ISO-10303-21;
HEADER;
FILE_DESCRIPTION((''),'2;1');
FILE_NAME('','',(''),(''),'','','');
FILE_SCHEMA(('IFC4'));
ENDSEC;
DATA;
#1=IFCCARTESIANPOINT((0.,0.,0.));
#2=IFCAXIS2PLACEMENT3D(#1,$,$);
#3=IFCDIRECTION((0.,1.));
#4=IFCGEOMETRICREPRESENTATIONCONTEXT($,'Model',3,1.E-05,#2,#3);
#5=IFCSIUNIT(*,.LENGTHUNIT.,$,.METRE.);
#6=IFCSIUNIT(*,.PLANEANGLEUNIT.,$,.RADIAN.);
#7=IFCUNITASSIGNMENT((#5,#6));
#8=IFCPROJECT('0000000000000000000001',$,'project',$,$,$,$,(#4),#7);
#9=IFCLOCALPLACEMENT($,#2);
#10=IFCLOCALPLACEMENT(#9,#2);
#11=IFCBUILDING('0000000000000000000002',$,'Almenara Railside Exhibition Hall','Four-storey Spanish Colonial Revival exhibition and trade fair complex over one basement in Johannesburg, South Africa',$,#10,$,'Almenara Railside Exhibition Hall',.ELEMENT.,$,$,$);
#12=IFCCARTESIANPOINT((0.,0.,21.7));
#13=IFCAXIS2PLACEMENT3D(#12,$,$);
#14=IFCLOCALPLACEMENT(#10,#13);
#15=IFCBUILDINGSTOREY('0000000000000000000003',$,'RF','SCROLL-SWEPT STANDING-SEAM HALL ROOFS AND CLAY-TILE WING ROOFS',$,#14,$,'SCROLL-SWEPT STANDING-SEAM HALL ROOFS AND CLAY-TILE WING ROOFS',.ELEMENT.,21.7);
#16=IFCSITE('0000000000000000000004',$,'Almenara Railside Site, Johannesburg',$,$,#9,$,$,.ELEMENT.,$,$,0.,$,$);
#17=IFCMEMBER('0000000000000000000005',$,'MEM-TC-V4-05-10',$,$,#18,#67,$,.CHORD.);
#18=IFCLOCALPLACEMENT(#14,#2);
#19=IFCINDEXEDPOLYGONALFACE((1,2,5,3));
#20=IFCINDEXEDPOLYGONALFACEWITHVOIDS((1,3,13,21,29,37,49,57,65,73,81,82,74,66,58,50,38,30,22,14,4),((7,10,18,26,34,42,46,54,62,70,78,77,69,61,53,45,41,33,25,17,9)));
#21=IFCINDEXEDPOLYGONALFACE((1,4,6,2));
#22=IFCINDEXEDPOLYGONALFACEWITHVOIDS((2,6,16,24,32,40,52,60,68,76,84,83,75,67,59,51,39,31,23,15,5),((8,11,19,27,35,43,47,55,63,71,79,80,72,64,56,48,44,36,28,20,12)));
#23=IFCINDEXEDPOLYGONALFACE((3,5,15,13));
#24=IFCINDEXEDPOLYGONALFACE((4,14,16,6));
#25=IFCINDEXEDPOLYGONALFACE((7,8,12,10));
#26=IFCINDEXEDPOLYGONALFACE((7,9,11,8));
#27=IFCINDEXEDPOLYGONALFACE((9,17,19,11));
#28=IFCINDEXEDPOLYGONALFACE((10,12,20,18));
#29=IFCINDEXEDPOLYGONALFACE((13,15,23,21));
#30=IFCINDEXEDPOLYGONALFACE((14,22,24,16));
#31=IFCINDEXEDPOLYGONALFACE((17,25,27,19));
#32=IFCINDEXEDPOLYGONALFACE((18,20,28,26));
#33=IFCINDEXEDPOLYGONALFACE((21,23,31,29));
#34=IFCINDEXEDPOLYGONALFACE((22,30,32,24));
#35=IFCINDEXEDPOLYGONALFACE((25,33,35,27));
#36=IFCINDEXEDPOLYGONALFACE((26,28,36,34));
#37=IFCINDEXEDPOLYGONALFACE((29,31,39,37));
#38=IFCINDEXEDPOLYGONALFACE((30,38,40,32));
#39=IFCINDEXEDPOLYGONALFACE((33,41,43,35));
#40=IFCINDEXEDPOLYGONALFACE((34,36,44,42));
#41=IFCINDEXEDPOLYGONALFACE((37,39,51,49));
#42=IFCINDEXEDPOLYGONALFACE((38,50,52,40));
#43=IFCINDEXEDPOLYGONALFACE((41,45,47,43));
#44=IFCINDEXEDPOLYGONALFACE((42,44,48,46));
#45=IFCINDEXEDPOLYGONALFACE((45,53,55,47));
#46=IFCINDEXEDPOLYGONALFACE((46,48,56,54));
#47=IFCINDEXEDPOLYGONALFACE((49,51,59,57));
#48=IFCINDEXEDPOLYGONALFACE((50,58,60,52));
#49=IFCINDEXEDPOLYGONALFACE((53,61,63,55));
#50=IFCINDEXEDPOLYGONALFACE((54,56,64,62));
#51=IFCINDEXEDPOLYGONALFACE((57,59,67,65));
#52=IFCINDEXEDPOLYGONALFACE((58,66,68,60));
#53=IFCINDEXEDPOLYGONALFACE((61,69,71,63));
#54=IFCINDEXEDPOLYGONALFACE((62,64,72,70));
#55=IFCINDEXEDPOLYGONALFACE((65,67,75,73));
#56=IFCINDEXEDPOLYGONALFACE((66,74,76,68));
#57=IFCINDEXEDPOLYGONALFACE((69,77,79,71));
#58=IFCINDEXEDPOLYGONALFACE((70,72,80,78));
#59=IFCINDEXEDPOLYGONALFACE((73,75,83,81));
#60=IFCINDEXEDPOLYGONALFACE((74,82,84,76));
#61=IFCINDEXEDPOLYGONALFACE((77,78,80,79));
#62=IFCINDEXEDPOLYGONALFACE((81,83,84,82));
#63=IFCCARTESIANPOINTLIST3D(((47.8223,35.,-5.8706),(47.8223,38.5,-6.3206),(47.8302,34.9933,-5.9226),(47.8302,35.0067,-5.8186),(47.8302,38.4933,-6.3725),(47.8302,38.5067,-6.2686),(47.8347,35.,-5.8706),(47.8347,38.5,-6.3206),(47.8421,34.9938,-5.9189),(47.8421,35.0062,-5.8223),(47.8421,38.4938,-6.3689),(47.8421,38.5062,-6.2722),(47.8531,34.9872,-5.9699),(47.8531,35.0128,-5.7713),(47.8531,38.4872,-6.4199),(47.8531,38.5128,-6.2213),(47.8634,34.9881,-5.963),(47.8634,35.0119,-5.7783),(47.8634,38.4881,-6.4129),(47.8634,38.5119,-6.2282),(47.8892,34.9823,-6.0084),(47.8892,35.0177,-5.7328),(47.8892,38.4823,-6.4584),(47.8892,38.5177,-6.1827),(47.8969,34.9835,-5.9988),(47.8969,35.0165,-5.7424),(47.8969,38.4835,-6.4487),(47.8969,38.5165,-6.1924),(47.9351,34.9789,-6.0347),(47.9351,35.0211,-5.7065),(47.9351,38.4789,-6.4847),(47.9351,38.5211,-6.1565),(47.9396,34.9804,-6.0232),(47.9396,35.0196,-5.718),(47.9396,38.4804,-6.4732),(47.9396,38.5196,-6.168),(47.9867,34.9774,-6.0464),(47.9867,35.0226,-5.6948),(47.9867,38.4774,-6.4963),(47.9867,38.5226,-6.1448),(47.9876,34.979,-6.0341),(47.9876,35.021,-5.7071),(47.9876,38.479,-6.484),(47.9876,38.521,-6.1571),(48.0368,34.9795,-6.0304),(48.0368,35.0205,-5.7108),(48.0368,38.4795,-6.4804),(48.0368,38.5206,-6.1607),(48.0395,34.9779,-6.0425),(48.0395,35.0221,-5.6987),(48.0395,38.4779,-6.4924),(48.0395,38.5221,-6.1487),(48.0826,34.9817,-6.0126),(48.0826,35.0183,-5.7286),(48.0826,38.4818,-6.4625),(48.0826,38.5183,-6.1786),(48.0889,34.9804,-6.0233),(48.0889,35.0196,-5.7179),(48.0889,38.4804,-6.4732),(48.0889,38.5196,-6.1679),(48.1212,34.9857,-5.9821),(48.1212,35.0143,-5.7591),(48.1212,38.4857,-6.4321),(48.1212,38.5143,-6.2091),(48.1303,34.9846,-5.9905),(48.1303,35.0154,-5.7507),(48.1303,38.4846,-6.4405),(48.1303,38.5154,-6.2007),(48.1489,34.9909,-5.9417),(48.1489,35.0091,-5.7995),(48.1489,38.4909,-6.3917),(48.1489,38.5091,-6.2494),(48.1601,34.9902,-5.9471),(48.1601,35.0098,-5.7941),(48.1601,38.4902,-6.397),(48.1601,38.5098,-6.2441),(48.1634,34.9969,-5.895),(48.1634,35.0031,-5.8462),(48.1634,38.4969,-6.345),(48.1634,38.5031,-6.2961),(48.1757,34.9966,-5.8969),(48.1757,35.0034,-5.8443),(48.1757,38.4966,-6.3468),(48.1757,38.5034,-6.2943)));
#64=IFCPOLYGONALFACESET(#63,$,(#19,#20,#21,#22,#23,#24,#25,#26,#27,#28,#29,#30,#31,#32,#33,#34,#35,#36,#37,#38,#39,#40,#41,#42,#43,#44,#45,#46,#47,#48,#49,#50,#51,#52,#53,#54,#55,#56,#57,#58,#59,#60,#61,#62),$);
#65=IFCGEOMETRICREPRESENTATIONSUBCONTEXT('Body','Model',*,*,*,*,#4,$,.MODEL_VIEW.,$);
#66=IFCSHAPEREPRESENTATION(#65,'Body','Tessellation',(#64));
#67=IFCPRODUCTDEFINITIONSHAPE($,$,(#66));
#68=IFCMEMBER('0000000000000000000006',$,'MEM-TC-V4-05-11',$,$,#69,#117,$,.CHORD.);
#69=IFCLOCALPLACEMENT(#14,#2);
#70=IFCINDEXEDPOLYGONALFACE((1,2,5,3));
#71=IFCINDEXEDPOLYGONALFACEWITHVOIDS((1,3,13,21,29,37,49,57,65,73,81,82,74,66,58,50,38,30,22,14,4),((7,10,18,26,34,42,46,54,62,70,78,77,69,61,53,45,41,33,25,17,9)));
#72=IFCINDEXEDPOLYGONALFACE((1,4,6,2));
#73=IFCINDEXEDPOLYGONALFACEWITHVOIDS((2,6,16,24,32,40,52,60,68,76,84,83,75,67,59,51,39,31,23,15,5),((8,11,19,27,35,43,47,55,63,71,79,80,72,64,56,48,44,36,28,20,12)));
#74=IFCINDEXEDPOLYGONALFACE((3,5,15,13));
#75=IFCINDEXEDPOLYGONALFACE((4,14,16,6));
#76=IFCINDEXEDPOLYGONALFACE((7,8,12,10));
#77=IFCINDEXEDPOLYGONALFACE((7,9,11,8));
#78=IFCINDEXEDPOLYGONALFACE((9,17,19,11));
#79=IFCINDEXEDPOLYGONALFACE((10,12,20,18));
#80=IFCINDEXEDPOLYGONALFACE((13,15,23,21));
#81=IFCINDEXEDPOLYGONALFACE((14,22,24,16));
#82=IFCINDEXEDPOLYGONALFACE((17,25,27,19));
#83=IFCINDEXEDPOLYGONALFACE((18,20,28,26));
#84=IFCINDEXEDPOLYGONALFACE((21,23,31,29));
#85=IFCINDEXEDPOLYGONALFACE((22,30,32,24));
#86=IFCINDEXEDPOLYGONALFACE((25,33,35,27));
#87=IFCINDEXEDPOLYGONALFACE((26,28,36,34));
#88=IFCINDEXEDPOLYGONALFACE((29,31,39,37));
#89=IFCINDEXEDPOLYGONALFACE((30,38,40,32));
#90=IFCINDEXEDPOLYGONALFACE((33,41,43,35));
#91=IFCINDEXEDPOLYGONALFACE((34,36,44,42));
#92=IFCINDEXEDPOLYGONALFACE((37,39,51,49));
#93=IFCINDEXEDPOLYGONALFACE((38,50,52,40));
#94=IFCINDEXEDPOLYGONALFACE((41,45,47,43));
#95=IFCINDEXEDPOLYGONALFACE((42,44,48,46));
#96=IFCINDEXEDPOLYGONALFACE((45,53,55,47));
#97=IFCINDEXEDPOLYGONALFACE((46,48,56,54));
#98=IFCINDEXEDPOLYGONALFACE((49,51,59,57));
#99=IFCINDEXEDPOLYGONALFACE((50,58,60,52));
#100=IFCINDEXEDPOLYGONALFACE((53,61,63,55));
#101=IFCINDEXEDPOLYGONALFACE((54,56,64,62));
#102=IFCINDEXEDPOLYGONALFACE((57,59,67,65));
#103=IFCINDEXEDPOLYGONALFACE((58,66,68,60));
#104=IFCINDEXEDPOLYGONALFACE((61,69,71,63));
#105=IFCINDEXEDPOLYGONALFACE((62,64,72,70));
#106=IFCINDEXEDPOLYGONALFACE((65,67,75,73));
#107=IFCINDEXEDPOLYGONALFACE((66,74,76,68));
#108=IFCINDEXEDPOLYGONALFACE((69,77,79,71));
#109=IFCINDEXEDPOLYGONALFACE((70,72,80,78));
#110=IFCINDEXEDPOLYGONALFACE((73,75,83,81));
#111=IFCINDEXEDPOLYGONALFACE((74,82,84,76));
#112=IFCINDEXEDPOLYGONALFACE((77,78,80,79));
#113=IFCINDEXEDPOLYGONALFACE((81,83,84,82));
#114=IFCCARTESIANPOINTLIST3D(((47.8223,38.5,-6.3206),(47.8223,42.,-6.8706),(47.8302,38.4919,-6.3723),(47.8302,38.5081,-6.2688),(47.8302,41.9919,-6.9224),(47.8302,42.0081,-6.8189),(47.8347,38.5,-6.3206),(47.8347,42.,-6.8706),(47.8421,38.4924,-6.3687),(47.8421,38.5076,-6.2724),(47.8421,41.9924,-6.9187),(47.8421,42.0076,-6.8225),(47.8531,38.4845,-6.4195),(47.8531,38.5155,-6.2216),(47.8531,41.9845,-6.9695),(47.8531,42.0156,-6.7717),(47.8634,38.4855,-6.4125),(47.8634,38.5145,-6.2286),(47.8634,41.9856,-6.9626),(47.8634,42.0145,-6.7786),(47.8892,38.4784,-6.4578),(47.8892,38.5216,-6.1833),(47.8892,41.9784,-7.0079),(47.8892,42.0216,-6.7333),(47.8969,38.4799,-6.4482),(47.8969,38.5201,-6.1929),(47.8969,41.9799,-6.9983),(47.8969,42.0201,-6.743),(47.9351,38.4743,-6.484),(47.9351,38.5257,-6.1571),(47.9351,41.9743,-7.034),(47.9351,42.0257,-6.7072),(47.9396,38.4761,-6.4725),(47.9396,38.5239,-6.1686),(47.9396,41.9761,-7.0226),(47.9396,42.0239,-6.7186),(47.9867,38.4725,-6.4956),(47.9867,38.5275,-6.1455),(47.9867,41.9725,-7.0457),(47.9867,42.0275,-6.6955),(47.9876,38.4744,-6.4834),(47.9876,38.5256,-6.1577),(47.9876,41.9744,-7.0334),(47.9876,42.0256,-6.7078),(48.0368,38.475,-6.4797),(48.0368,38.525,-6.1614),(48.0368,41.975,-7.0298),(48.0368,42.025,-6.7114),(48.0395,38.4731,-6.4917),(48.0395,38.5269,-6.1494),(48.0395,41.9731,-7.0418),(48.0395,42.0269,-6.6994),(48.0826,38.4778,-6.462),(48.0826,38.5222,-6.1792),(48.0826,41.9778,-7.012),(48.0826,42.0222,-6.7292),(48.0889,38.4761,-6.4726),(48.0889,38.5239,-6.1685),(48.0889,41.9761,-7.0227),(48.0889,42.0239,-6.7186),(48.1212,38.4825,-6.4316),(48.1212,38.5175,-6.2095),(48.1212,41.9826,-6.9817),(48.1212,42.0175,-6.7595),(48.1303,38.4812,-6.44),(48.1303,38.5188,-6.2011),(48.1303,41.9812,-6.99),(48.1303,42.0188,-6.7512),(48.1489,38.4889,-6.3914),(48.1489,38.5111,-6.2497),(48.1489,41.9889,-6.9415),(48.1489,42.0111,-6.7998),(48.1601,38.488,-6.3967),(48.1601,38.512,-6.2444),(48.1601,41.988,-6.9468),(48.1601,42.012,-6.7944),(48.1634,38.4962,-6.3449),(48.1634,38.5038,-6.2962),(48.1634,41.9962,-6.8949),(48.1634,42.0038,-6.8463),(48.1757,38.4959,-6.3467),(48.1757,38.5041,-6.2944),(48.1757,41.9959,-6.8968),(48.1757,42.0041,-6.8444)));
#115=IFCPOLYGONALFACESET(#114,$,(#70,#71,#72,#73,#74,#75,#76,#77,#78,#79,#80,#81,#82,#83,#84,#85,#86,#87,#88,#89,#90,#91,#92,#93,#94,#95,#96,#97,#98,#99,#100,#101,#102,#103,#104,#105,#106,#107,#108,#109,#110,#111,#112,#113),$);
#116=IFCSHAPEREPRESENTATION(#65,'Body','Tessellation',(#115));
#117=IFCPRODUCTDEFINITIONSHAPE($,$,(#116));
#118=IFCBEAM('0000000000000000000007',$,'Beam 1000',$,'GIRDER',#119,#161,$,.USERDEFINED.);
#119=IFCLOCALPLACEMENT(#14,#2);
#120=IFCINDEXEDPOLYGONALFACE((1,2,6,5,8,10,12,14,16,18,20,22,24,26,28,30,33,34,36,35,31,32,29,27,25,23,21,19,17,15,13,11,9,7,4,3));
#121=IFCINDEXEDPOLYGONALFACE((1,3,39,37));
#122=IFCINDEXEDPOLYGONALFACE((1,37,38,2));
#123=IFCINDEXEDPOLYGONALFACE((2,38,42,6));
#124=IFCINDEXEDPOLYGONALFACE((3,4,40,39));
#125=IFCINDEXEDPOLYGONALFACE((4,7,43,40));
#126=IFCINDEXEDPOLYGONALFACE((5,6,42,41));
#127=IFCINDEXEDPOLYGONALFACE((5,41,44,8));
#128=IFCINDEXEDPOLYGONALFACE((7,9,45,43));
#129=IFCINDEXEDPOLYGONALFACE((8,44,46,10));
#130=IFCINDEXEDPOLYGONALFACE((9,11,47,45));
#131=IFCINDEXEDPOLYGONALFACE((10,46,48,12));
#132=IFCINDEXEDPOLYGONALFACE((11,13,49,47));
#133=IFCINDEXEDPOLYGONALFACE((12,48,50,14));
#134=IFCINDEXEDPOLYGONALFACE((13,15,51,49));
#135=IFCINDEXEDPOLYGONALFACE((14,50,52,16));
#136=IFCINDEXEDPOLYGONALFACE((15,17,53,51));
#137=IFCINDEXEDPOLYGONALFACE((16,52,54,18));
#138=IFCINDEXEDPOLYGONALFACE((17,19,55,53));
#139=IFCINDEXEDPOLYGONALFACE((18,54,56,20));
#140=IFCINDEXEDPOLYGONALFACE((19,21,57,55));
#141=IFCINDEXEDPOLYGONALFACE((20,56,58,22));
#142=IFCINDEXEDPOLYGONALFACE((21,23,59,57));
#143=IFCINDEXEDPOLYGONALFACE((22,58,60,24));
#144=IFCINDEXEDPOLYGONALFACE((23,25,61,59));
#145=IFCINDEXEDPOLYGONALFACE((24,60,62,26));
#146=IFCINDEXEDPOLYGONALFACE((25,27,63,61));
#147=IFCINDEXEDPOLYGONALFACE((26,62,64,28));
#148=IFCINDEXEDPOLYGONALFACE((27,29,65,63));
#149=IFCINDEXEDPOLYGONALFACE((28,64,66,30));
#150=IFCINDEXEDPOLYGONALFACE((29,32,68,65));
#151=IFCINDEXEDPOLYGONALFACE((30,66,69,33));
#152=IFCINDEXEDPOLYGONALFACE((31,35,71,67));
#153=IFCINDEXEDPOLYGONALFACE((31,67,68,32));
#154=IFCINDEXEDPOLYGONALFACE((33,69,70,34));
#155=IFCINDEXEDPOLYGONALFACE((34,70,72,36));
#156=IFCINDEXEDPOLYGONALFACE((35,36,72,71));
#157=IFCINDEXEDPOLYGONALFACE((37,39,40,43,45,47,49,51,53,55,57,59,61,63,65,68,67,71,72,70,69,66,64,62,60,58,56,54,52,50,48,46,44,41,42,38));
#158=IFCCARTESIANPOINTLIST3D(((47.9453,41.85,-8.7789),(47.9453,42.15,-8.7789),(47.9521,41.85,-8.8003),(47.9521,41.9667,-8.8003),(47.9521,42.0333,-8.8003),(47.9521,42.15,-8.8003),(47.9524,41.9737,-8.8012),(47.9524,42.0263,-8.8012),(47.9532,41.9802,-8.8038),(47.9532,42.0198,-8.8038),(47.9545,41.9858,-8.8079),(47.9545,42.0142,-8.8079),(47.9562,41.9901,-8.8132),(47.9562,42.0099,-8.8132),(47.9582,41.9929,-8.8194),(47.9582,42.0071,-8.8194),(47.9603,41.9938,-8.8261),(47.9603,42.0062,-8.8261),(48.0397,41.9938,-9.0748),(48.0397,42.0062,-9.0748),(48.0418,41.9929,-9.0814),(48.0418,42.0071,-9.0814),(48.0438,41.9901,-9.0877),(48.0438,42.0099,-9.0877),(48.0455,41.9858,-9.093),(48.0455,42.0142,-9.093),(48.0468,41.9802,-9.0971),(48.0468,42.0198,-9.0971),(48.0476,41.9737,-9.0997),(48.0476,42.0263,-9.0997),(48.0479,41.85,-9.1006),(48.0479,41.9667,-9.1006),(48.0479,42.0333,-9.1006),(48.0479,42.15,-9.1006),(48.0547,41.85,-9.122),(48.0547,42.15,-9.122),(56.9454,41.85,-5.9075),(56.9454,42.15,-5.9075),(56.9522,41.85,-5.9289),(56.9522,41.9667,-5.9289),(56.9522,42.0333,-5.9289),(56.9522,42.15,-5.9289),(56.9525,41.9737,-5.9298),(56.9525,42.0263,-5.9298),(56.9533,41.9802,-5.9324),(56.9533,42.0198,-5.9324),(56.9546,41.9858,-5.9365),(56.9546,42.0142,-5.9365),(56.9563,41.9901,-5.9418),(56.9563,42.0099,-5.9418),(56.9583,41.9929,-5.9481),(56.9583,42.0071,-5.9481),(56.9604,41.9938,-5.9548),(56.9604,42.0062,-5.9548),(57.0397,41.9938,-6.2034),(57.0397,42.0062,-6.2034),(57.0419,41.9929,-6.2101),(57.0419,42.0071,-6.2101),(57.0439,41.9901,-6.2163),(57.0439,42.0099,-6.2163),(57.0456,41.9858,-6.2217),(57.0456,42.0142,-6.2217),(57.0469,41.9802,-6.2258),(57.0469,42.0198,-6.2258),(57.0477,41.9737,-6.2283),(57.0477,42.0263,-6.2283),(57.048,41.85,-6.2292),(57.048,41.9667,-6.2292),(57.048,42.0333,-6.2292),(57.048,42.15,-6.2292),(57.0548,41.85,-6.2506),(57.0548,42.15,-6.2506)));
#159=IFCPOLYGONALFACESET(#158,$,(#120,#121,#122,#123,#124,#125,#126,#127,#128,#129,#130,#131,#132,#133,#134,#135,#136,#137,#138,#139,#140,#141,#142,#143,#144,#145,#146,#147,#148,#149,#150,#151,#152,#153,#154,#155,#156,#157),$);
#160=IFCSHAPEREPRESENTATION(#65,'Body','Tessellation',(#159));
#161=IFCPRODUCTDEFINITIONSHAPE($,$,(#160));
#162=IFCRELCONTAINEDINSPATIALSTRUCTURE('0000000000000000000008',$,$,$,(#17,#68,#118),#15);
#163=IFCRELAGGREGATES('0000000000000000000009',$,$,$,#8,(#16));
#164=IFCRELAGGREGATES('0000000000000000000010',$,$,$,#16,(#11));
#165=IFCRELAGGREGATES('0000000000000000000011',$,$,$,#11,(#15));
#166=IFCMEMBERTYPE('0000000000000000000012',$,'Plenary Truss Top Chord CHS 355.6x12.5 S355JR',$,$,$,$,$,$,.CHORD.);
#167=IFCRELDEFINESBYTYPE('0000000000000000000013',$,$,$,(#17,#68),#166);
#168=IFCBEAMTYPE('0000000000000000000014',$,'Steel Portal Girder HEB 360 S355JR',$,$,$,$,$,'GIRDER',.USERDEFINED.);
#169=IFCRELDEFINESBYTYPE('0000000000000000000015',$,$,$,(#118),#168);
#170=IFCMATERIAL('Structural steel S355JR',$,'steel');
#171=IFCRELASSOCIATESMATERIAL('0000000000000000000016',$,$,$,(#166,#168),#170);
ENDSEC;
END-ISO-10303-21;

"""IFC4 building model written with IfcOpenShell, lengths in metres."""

from ifc_helpers import new_model, si_unit, direction, frame, origin, origin_2d, place, context, subcontext, project, spatial, hollow_circle, i_section, extrude, material, material_profile, profile_set, type_object, element, save


model = new_model("IFC4")

# Units and contexts
model_context = context("Model", 3, precision=1e-05, world=origin(), true_north=direction((0.0, 1.0)))
body_context = subcontext(model_context, "Body", "Model", "MODEL_VIEW")
ifc_project = project(units=[si_unit("LENGTHUNIT", "METRE"), si_unit("PLANEANGLEUNIT", "RADIAN")], contexts=[model_context])

# Site, building, storey
site_placement = place(None, origin())
site = spatial("IfcSite", under=ifc_project, at=site_placement, Name="Almenara Railside Site, Johannesburg", CompositionType="ELEMENT", RefElevation=0.0)
building_placement = place(site_placement, origin())
building = spatial("IfcBuilding", under=site, at=building_placement, Name="Almenara Railside Exhibition Hall", Description="Four-storey Spanish Colonial Revival exhibition and trade fair complex over one basement in Johannesburg, South Africa", LongName="Almenara Railside Exhibition Hall", CompositionType="ELEMENT")
storey_placement = place(building_placement, frame((0.0, 0.0, 21.7)))
storey = spatial("IfcBuildingStorey", under=building, at=storey_placement, Name="RF", Description="SCROLL-SWEPT STANDING-SEAM HALL ROOFS AND CLAY-TILE WING ROOFS", LongName="SCROLL-SWEPT STANDING-SEAM HALL ROOFS AND CLAY-TILE WING ROOFS", CompositionType="ELEMENT", Elevation=21.7)

# Shared definitions
ifc_material_1 = material(Name="Structural steel S355JR", Category="steel")

# Members
ifc_material_profile_1 = material_profile(ifc_material_1, hollow_circle(Radius=0.1777, WallThickness=0.0125, at=origin_2d()), Name="CHS 355.6x12.5")
ifc_profile_set_1 = profile_set([ifc_material_profile_1], Name="Structural steel S355JR")
member_type_1 = type_object("IfcMemberType", Name="Plenary Truss Top Chord CHS 355.6x12.5 S355JR", PredefinedType="CHORD", material=ifc_profile_set_1)
member_1_placement = place(storey_placement, frame((48.0, 35.0, -5.8706), z_axis=(0.0, 0.991838, -0.127508), x_axis=(-1.0, 0.0, 0.0)))
element("IfcMember", 1, at=member_1_placement, inside=storey, type_object=member_type_1, Name="MEM-TC-V4-05-10", PredefinedType="CHORD", context=body_context, shape_type="SweptSolid", body=[
    extrude(hollow_circle(Radius=0.1777, WallThickness=0.0125, at=origin_2d()), origin(), (0.0, 0.0, 1.0), 3.5288),
])
member_2_placement = place(storey_placement, frame((48.0, 38.5, -6.3206), z_axis=(0.0, 0.987875, -0.155251), x_axis=(-1.0, 0.0, 0.0)))
element("IfcMember", 2, at=member_2_placement, inside=storey, type_object=member_type_1, Name="MEM-TC-V4-05-11", PredefinedType="CHORD", context=body_context, shape_type="SweptSolid", body=[
    extrude(hollow_circle(Radius=0.1777, WallThickness=0.0125, at=origin_2d()), origin(), (0.0, 0.0, 1.0), 3.543),
])

# Beam
ifc_material_profile_2 = material_profile(ifc_material_1, i_section(OverallWidth=0.3, OverallDepth=0.3601, WebThickness=0.0125, FlangeThickness=0.0225, FilletRadius=0.0271, at=origin_2d()), Name="HEB 360")
ifc_profile_set_2 = profile_set([ifc_material_profile_2], Name="Structural steel S355JR")
beam_type = type_object("IfcBeamType", Name="Steel Portal Girder HEB 360 S355JR", ElementType="GIRDER", PredefinedType="USERDEFINED", material=ifc_profile_set_2)
beam_placement = place(storey_placement, frame((48.0, 42.0, -8.9504), z_axis=(0.95269, 0.0, 0.303944), x_axis=(0.0, 1.0, 0.0)))
element("IfcBeam", 3, at=beam_placement, inside=storey, type_object=beam_type, Name="Beam 1000", ObjectType="GIRDER", PredefinedType="USERDEFINED", context=body_context, shape_type="SweptSolid", body=[
    extrude(i_section(OverallWidth=0.3, OverallDepth=0.3601, WebThickness=0.0125, FlangeThickness=0.0225, FilletRadius=0.0271, at=origin_2d()), origin(), (0.0, 0.0, 1.0), 9.447),
])

save(model, "model.ifc")
